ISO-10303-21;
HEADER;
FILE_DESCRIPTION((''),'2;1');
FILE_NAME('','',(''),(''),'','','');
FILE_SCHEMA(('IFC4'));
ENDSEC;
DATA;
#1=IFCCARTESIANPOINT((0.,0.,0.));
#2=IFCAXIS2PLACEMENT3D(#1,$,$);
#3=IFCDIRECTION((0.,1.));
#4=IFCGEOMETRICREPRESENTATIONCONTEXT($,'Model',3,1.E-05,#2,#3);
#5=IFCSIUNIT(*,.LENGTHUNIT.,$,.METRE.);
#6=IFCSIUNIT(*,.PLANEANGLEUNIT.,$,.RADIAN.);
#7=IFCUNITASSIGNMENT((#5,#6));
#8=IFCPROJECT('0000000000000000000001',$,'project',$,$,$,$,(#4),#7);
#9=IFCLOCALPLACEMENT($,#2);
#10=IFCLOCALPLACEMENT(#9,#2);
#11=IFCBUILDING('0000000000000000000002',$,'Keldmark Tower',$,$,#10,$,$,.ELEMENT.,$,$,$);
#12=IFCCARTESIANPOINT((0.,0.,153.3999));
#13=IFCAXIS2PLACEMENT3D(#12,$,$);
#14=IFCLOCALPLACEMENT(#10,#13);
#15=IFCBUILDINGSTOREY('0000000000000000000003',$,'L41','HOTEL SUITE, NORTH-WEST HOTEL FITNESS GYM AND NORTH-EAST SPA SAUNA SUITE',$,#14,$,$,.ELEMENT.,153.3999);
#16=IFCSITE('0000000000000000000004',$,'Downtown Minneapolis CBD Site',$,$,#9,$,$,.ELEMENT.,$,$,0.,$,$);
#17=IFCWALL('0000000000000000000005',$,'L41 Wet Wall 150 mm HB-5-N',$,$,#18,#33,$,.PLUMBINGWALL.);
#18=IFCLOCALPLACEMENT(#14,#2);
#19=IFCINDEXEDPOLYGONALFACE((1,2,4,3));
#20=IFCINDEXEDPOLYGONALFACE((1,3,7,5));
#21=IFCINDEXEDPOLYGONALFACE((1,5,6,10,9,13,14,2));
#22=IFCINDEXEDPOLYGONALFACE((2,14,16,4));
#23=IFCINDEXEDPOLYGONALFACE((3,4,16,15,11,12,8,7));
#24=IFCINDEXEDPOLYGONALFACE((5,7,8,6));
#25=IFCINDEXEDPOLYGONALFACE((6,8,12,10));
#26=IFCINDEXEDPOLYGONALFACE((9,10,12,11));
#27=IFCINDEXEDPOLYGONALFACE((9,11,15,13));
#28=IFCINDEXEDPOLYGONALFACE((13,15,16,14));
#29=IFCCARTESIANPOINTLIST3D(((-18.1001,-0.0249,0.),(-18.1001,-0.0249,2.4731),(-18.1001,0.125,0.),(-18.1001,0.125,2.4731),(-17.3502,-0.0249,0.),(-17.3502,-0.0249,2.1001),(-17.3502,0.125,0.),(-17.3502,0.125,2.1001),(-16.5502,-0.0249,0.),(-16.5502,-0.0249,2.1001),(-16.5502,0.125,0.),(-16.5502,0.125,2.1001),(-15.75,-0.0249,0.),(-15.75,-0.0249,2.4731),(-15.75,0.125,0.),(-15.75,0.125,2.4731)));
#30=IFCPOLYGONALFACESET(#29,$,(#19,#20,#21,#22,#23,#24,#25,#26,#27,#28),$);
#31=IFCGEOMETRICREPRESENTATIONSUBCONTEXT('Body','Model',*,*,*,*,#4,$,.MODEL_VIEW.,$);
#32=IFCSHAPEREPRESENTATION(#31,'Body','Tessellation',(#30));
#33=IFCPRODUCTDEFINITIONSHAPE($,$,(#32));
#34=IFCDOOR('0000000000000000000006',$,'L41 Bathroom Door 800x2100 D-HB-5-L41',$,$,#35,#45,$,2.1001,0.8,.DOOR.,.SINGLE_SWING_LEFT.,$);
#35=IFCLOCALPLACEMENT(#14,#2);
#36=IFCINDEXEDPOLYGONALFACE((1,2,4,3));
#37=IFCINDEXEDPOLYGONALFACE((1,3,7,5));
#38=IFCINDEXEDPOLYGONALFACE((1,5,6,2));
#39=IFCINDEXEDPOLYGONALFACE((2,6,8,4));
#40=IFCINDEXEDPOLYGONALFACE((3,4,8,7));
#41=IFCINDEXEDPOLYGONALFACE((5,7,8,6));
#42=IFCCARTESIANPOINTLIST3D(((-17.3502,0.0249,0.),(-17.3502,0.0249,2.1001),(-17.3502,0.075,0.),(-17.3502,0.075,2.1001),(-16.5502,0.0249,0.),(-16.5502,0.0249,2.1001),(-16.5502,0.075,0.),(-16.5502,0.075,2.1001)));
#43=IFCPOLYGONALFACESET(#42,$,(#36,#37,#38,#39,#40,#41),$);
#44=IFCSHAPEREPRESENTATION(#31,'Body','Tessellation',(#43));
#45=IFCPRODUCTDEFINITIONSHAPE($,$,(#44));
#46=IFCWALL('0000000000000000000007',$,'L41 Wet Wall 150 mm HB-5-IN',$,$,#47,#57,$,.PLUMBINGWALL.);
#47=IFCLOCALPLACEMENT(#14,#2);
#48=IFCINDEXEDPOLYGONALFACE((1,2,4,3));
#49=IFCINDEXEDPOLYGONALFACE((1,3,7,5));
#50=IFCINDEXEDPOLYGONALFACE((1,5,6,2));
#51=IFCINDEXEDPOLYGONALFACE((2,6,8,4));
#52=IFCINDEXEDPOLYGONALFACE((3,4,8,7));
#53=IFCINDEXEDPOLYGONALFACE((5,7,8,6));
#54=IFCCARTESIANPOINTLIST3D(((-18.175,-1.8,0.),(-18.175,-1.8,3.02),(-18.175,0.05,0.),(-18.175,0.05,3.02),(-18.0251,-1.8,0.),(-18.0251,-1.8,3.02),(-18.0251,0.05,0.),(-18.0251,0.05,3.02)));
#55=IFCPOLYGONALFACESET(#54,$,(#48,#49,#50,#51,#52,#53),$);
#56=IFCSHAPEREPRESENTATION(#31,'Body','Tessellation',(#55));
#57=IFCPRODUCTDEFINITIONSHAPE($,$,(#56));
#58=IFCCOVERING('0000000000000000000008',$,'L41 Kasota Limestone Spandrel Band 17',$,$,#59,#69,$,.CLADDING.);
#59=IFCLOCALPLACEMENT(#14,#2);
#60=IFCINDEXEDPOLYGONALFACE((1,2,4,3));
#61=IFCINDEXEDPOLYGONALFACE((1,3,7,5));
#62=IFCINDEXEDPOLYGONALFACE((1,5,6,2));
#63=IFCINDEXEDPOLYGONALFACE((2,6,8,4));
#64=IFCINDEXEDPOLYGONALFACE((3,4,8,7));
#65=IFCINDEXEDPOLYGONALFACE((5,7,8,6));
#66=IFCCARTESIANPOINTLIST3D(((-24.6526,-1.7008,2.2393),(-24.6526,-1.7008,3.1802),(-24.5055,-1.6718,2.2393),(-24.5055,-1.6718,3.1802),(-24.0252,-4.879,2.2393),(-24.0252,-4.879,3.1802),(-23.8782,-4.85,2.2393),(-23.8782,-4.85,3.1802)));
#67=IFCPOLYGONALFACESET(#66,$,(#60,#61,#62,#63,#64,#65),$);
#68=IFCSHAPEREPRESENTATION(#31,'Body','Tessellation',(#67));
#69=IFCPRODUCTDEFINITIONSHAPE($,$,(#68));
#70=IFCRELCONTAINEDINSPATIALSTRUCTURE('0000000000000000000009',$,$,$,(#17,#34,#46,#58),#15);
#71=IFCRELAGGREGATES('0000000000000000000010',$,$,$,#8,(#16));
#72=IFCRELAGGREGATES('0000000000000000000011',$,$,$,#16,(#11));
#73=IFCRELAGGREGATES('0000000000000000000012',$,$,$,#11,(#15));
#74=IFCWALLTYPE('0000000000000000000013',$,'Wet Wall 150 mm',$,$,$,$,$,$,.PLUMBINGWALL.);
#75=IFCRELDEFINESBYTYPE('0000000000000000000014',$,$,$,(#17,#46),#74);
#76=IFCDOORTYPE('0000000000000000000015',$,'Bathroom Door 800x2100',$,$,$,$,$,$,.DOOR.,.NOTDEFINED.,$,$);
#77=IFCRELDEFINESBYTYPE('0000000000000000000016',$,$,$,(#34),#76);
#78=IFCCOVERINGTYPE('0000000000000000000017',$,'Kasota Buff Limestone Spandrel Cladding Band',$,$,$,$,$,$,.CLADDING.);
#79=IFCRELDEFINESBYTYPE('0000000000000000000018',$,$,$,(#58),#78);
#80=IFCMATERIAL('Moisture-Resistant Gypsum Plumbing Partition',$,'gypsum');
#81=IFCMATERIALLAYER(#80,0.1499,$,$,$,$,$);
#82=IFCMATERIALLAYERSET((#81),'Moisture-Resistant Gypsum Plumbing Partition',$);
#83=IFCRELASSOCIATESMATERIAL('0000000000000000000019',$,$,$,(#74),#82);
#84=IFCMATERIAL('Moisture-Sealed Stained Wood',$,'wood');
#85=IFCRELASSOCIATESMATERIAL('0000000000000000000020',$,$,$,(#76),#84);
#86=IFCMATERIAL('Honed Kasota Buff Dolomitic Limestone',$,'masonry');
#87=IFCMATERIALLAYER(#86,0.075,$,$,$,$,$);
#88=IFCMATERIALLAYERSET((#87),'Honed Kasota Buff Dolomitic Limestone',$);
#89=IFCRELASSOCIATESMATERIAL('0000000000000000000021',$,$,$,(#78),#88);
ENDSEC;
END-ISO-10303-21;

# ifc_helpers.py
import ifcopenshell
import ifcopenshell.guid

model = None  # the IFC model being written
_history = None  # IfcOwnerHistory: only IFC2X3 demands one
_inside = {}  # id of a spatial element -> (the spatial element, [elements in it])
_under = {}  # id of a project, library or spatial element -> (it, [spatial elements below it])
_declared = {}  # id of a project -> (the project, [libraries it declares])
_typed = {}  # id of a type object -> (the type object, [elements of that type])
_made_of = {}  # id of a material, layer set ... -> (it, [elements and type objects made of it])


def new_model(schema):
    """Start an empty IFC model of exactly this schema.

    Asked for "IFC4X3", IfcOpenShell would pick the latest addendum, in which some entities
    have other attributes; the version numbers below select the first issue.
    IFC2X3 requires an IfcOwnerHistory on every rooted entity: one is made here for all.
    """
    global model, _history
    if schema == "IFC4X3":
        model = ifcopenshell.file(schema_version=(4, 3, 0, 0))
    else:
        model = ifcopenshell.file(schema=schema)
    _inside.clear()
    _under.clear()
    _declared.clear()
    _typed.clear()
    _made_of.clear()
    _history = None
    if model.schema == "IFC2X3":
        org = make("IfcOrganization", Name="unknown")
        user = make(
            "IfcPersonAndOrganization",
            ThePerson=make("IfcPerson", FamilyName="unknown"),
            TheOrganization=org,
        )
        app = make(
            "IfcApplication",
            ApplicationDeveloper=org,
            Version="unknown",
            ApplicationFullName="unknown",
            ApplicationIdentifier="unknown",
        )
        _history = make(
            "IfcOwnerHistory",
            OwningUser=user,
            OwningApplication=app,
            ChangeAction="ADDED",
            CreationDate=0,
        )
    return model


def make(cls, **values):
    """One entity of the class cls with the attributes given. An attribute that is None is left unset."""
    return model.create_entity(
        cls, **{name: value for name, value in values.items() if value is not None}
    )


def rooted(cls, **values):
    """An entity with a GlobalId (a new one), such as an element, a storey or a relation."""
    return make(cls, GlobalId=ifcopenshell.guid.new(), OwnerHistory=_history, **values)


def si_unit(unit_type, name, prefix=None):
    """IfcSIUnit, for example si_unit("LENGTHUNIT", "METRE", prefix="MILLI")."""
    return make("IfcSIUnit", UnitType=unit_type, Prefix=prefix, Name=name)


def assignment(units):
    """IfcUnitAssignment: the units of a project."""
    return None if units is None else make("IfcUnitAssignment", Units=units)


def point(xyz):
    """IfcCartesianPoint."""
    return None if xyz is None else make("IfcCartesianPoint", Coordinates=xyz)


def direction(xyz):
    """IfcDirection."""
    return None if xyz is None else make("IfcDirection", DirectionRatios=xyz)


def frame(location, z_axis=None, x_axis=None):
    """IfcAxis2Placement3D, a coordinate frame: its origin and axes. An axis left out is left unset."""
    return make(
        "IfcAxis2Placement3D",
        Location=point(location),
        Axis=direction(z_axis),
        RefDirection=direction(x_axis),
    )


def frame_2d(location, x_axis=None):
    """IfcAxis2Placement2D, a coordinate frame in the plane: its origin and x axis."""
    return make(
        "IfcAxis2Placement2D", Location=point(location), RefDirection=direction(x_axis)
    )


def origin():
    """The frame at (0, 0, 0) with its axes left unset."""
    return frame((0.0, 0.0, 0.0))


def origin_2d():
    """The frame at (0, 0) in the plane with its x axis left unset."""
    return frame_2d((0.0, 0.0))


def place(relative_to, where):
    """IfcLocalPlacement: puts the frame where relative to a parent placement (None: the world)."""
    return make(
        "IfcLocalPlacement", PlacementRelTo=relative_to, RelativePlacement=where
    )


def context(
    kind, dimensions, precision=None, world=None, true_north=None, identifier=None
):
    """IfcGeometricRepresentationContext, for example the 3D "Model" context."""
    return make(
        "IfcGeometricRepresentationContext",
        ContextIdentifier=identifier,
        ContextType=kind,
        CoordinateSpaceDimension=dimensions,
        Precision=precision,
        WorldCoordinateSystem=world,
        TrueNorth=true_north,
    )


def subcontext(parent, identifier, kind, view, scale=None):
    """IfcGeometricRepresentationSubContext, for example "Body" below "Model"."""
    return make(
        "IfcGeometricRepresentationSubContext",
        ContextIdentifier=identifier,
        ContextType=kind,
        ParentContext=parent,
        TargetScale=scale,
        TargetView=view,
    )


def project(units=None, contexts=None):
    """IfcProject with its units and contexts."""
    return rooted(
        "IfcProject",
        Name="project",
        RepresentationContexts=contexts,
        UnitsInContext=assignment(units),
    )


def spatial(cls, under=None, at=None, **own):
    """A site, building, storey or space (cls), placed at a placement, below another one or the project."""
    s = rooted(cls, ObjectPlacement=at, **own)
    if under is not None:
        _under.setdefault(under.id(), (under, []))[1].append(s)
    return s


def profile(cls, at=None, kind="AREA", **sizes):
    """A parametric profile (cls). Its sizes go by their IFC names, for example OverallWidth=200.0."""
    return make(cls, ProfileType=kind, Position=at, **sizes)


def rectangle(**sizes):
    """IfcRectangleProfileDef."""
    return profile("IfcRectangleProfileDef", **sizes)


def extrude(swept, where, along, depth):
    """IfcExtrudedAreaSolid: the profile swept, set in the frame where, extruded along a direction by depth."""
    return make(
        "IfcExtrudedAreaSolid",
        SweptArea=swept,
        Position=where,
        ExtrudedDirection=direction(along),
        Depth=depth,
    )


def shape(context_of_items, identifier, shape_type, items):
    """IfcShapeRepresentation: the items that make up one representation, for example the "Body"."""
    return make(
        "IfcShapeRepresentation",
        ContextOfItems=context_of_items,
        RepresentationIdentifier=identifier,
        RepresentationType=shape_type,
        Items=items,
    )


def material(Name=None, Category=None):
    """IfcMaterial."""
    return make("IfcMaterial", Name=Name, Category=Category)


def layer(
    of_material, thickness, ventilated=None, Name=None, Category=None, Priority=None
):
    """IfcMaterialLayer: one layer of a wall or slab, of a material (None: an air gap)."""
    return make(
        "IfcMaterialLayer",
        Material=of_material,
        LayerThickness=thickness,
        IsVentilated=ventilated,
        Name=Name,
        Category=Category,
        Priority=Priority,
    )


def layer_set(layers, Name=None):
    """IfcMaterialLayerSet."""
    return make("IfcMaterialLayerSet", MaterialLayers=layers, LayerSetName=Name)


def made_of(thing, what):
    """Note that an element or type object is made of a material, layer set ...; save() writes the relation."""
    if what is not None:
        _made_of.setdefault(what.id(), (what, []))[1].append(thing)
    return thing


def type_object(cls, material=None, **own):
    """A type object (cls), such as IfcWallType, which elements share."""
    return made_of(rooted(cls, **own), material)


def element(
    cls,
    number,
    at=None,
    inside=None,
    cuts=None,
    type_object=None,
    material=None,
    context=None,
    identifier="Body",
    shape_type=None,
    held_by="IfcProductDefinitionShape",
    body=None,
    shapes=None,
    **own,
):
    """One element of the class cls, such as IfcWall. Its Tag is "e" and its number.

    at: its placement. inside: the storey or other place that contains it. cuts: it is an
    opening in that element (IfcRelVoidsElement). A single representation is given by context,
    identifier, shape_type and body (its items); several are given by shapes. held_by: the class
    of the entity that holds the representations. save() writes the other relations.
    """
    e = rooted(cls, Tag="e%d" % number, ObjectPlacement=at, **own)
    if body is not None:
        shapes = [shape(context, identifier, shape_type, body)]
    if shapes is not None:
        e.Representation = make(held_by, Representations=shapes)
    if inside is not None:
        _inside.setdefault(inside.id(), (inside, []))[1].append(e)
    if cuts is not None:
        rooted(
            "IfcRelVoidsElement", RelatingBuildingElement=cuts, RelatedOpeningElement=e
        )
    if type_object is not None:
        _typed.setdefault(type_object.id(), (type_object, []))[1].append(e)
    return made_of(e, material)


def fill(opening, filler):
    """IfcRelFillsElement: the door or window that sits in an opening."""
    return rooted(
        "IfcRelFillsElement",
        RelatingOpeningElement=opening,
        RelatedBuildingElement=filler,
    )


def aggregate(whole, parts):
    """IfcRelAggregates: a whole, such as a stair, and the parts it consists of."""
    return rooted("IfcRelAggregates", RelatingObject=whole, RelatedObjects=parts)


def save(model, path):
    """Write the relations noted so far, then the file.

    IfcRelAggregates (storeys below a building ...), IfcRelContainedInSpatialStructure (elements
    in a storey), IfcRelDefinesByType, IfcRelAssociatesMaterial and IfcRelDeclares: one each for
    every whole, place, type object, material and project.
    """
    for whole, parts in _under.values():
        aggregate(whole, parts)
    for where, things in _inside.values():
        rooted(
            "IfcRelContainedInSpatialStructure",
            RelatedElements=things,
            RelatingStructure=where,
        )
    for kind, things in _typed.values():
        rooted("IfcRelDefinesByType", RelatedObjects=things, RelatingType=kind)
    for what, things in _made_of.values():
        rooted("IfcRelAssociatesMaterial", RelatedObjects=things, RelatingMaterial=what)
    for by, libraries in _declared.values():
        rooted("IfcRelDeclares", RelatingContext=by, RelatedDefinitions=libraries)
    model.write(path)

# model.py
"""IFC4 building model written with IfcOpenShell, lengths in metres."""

from ifc_helpers import new_model, si_unit, direction, frame, frame_2d, origin, origin_2d, place, context, subcontext, project, spatial, rectangle, extrude, material, layer, layer_set, type_object, element, fill, save


model = new_model("IFC4")

# Units and contexts
model_context = context("Model", 3, precision=1e-05, world=origin(), true_north=direction((0.0, 1.0)))
body_context = subcontext(model_context, "Body", "Model", "MODEL_VIEW")
ifc_project = project(units=[si_unit("LENGTHUNIT", "METRE"), si_unit("PLANEANGLEUNIT", "RADIAN")], contexts=[model_context])

# Site, building, storey
site_placement = place(None, origin())
site = spatial("IfcSite", under=ifc_project, at=site_placement, Name="Downtown Minneapolis CBD Site", CompositionType="ELEMENT", RefElevation=0.0)
building_placement = place(site_placement, origin())
building = spatial("IfcBuilding", under=site, at=building_placement, Name="Keldmark Tower", CompositionType="ELEMENT")
storey_placement = place(building_placement, frame((0.0, 0.0, 153.3999)))
storey = spatial("IfcBuildingStorey", under=building, at=storey_placement, Name="L41", Description="HOTEL SUITE, NORTH-WEST HOTEL FITNESS GYM AND NORTH-EAST SPA SAUNA SUITE", CompositionType="ELEMENT", Elevation=153.3999)

# Shared definitions
ifc_material_1 = material(Name="Moisture-Resistant Gypsum Plumbing Partition", Category="gypsum")
ifc_layer_1 = layer(ifc_material_1, 0.1499)
ifc_layer_set_1 = layer_set([ifc_layer_1], Name="Moisture-Resistant Gypsum Plumbing Partition")
wall_type_1 = type_object("IfcWallType", Name="Wet Wall 150 mm", PredefinedType="PLUMBINGWALL", material=ifc_layer_set_1)

# Wall, opening, door
wall_1_placement = place(storey_placement, frame((-18.1001, 0.05, 0.0), z_axis=(0.0, 0.0, 1.0), x_axis=(1.0, 0.0, 0.0)))
wall_1 = element("IfcWall", 1, at=wall_1_placement, inside=storey, type_object=wall_type_1, Name="L41 Wet Wall 150 mm HB-5-N", PredefinedType="PLUMBINGWALL", context=body_context, shape_type="SweptSolid", body=[
    extrude(rectangle(XDim=2.3501, YDim=0.1499, at=frame_2d((1.175, 0.0))), origin(), (0.0, 0.0, 1.0), 2.4731),
])
opening_1_placement = place(wall_1_placement, frame((0.75, 0.0, 0.0)))
opening_1 = element("IfcOpeningElement", 2, at=opening_1_placement, cuts=wall_1, PredefinedType="OPENING", context=body_context, shape_type="SweptSolid", body=[
    extrude(rectangle(XDim=0.8, YDim=2.1001, at=frame_2d((0.3999, 1.05))), frame((0.0, 0.085, 0.0), z_axis=(0.0, -1.0, 0.0), x_axis=(1.0, 0.0, 0.0)), (0.0, 0.0, 1.0), 0.1699),
])
ifc_material_2 = material(Name="Moisture-Sealed Stained Wood", Category="wood")
door_type = type_object("IfcDoorType", Name="Bathroom Door 800x2100", OperationType="NOTDEFINED", PredefinedType="DOOR", material=ifc_material_2)
door_placement = place(opening_1_placement, origin())
door = element("IfcDoor", 3, at=door_placement, inside=storey, type_object=door_type, Name="L41 Bathroom Door 800x2100 D-HB-5-L41", OperationType="SINGLE_SWING_LEFT", OverallHeight=2.1001, OverallWidth=0.8, PredefinedType="DOOR", context=body_context, shape_type="SweptSolid", body=[
    extrude(rectangle(XDim=0.8, YDim=2.1001, at=frame_2d((0.3999, 1.05))), frame((0.0, 0.0249, 0.0), z_axis=(0.0, -1.0, 0.0), x_axis=(1.0, 0.0, 0.0)), (0.0, 0.0, 1.0), 0.05),
])
fill(opening_1, door)

# Wall
wall_2_placement = place(storey_placement, frame((-18.1001, -1.8, 0.0), z_axis=(0.0, 0.0, 1.0), x_axis=(0.0, 1.0, 0.0)))
element("IfcWall", 4, at=wall_2_placement, inside=storey, type_object=wall_type_1, Name="L41 Wet Wall 150 mm HB-5-IN", PredefinedType="PLUMBINGWALL", context=body_context, shape_type="SweptSolid", body=[
    extrude(rectangle(XDim=1.8501, YDim=0.1499, at=frame_2d((0.925, 0.0))), origin(), (0.0, 0.0, 1.0), 3.02),
])

# Covering
ifc_material_3 = material(Name="Honed Kasota Buff Dolomitic Limestone", Category="masonry")
ifc_layer_2 = layer(ifc_material_3, 0.075)
ifc_layer_set_2 = layer_set([ifc_layer_2], Name="Honed Kasota Buff Dolomitic Limestone")
covering_type = type_object("IfcCoveringType", Name="Kasota Buff Limestone Spandrel Cladding Band", PredefinedType="CLADDING", material=ifc_layer_set_2)
covering_placement = place(storey_placement, frame((-24.2654, -3.2754, 2.2393), z_axis=(0.0, 0.0, 1.0), x_axis=(0.193652, -0.98107, 0.0)))
element("IfcCovering", 5, at=covering_placement, inside=storey, type_object=covering_type, Name="L41 Kasota Limestone Spandrel Band 17", PredefinedType="CLADDING", context=body_context, shape_type="SweptSolid", body=[
    extrude(rectangle(XDim=3.2395, YDim=0.1499, at=origin_2d()), origin(), (0.0, 0.0, 1.0), 0.9409),
])

save(model, "model.ifc")
